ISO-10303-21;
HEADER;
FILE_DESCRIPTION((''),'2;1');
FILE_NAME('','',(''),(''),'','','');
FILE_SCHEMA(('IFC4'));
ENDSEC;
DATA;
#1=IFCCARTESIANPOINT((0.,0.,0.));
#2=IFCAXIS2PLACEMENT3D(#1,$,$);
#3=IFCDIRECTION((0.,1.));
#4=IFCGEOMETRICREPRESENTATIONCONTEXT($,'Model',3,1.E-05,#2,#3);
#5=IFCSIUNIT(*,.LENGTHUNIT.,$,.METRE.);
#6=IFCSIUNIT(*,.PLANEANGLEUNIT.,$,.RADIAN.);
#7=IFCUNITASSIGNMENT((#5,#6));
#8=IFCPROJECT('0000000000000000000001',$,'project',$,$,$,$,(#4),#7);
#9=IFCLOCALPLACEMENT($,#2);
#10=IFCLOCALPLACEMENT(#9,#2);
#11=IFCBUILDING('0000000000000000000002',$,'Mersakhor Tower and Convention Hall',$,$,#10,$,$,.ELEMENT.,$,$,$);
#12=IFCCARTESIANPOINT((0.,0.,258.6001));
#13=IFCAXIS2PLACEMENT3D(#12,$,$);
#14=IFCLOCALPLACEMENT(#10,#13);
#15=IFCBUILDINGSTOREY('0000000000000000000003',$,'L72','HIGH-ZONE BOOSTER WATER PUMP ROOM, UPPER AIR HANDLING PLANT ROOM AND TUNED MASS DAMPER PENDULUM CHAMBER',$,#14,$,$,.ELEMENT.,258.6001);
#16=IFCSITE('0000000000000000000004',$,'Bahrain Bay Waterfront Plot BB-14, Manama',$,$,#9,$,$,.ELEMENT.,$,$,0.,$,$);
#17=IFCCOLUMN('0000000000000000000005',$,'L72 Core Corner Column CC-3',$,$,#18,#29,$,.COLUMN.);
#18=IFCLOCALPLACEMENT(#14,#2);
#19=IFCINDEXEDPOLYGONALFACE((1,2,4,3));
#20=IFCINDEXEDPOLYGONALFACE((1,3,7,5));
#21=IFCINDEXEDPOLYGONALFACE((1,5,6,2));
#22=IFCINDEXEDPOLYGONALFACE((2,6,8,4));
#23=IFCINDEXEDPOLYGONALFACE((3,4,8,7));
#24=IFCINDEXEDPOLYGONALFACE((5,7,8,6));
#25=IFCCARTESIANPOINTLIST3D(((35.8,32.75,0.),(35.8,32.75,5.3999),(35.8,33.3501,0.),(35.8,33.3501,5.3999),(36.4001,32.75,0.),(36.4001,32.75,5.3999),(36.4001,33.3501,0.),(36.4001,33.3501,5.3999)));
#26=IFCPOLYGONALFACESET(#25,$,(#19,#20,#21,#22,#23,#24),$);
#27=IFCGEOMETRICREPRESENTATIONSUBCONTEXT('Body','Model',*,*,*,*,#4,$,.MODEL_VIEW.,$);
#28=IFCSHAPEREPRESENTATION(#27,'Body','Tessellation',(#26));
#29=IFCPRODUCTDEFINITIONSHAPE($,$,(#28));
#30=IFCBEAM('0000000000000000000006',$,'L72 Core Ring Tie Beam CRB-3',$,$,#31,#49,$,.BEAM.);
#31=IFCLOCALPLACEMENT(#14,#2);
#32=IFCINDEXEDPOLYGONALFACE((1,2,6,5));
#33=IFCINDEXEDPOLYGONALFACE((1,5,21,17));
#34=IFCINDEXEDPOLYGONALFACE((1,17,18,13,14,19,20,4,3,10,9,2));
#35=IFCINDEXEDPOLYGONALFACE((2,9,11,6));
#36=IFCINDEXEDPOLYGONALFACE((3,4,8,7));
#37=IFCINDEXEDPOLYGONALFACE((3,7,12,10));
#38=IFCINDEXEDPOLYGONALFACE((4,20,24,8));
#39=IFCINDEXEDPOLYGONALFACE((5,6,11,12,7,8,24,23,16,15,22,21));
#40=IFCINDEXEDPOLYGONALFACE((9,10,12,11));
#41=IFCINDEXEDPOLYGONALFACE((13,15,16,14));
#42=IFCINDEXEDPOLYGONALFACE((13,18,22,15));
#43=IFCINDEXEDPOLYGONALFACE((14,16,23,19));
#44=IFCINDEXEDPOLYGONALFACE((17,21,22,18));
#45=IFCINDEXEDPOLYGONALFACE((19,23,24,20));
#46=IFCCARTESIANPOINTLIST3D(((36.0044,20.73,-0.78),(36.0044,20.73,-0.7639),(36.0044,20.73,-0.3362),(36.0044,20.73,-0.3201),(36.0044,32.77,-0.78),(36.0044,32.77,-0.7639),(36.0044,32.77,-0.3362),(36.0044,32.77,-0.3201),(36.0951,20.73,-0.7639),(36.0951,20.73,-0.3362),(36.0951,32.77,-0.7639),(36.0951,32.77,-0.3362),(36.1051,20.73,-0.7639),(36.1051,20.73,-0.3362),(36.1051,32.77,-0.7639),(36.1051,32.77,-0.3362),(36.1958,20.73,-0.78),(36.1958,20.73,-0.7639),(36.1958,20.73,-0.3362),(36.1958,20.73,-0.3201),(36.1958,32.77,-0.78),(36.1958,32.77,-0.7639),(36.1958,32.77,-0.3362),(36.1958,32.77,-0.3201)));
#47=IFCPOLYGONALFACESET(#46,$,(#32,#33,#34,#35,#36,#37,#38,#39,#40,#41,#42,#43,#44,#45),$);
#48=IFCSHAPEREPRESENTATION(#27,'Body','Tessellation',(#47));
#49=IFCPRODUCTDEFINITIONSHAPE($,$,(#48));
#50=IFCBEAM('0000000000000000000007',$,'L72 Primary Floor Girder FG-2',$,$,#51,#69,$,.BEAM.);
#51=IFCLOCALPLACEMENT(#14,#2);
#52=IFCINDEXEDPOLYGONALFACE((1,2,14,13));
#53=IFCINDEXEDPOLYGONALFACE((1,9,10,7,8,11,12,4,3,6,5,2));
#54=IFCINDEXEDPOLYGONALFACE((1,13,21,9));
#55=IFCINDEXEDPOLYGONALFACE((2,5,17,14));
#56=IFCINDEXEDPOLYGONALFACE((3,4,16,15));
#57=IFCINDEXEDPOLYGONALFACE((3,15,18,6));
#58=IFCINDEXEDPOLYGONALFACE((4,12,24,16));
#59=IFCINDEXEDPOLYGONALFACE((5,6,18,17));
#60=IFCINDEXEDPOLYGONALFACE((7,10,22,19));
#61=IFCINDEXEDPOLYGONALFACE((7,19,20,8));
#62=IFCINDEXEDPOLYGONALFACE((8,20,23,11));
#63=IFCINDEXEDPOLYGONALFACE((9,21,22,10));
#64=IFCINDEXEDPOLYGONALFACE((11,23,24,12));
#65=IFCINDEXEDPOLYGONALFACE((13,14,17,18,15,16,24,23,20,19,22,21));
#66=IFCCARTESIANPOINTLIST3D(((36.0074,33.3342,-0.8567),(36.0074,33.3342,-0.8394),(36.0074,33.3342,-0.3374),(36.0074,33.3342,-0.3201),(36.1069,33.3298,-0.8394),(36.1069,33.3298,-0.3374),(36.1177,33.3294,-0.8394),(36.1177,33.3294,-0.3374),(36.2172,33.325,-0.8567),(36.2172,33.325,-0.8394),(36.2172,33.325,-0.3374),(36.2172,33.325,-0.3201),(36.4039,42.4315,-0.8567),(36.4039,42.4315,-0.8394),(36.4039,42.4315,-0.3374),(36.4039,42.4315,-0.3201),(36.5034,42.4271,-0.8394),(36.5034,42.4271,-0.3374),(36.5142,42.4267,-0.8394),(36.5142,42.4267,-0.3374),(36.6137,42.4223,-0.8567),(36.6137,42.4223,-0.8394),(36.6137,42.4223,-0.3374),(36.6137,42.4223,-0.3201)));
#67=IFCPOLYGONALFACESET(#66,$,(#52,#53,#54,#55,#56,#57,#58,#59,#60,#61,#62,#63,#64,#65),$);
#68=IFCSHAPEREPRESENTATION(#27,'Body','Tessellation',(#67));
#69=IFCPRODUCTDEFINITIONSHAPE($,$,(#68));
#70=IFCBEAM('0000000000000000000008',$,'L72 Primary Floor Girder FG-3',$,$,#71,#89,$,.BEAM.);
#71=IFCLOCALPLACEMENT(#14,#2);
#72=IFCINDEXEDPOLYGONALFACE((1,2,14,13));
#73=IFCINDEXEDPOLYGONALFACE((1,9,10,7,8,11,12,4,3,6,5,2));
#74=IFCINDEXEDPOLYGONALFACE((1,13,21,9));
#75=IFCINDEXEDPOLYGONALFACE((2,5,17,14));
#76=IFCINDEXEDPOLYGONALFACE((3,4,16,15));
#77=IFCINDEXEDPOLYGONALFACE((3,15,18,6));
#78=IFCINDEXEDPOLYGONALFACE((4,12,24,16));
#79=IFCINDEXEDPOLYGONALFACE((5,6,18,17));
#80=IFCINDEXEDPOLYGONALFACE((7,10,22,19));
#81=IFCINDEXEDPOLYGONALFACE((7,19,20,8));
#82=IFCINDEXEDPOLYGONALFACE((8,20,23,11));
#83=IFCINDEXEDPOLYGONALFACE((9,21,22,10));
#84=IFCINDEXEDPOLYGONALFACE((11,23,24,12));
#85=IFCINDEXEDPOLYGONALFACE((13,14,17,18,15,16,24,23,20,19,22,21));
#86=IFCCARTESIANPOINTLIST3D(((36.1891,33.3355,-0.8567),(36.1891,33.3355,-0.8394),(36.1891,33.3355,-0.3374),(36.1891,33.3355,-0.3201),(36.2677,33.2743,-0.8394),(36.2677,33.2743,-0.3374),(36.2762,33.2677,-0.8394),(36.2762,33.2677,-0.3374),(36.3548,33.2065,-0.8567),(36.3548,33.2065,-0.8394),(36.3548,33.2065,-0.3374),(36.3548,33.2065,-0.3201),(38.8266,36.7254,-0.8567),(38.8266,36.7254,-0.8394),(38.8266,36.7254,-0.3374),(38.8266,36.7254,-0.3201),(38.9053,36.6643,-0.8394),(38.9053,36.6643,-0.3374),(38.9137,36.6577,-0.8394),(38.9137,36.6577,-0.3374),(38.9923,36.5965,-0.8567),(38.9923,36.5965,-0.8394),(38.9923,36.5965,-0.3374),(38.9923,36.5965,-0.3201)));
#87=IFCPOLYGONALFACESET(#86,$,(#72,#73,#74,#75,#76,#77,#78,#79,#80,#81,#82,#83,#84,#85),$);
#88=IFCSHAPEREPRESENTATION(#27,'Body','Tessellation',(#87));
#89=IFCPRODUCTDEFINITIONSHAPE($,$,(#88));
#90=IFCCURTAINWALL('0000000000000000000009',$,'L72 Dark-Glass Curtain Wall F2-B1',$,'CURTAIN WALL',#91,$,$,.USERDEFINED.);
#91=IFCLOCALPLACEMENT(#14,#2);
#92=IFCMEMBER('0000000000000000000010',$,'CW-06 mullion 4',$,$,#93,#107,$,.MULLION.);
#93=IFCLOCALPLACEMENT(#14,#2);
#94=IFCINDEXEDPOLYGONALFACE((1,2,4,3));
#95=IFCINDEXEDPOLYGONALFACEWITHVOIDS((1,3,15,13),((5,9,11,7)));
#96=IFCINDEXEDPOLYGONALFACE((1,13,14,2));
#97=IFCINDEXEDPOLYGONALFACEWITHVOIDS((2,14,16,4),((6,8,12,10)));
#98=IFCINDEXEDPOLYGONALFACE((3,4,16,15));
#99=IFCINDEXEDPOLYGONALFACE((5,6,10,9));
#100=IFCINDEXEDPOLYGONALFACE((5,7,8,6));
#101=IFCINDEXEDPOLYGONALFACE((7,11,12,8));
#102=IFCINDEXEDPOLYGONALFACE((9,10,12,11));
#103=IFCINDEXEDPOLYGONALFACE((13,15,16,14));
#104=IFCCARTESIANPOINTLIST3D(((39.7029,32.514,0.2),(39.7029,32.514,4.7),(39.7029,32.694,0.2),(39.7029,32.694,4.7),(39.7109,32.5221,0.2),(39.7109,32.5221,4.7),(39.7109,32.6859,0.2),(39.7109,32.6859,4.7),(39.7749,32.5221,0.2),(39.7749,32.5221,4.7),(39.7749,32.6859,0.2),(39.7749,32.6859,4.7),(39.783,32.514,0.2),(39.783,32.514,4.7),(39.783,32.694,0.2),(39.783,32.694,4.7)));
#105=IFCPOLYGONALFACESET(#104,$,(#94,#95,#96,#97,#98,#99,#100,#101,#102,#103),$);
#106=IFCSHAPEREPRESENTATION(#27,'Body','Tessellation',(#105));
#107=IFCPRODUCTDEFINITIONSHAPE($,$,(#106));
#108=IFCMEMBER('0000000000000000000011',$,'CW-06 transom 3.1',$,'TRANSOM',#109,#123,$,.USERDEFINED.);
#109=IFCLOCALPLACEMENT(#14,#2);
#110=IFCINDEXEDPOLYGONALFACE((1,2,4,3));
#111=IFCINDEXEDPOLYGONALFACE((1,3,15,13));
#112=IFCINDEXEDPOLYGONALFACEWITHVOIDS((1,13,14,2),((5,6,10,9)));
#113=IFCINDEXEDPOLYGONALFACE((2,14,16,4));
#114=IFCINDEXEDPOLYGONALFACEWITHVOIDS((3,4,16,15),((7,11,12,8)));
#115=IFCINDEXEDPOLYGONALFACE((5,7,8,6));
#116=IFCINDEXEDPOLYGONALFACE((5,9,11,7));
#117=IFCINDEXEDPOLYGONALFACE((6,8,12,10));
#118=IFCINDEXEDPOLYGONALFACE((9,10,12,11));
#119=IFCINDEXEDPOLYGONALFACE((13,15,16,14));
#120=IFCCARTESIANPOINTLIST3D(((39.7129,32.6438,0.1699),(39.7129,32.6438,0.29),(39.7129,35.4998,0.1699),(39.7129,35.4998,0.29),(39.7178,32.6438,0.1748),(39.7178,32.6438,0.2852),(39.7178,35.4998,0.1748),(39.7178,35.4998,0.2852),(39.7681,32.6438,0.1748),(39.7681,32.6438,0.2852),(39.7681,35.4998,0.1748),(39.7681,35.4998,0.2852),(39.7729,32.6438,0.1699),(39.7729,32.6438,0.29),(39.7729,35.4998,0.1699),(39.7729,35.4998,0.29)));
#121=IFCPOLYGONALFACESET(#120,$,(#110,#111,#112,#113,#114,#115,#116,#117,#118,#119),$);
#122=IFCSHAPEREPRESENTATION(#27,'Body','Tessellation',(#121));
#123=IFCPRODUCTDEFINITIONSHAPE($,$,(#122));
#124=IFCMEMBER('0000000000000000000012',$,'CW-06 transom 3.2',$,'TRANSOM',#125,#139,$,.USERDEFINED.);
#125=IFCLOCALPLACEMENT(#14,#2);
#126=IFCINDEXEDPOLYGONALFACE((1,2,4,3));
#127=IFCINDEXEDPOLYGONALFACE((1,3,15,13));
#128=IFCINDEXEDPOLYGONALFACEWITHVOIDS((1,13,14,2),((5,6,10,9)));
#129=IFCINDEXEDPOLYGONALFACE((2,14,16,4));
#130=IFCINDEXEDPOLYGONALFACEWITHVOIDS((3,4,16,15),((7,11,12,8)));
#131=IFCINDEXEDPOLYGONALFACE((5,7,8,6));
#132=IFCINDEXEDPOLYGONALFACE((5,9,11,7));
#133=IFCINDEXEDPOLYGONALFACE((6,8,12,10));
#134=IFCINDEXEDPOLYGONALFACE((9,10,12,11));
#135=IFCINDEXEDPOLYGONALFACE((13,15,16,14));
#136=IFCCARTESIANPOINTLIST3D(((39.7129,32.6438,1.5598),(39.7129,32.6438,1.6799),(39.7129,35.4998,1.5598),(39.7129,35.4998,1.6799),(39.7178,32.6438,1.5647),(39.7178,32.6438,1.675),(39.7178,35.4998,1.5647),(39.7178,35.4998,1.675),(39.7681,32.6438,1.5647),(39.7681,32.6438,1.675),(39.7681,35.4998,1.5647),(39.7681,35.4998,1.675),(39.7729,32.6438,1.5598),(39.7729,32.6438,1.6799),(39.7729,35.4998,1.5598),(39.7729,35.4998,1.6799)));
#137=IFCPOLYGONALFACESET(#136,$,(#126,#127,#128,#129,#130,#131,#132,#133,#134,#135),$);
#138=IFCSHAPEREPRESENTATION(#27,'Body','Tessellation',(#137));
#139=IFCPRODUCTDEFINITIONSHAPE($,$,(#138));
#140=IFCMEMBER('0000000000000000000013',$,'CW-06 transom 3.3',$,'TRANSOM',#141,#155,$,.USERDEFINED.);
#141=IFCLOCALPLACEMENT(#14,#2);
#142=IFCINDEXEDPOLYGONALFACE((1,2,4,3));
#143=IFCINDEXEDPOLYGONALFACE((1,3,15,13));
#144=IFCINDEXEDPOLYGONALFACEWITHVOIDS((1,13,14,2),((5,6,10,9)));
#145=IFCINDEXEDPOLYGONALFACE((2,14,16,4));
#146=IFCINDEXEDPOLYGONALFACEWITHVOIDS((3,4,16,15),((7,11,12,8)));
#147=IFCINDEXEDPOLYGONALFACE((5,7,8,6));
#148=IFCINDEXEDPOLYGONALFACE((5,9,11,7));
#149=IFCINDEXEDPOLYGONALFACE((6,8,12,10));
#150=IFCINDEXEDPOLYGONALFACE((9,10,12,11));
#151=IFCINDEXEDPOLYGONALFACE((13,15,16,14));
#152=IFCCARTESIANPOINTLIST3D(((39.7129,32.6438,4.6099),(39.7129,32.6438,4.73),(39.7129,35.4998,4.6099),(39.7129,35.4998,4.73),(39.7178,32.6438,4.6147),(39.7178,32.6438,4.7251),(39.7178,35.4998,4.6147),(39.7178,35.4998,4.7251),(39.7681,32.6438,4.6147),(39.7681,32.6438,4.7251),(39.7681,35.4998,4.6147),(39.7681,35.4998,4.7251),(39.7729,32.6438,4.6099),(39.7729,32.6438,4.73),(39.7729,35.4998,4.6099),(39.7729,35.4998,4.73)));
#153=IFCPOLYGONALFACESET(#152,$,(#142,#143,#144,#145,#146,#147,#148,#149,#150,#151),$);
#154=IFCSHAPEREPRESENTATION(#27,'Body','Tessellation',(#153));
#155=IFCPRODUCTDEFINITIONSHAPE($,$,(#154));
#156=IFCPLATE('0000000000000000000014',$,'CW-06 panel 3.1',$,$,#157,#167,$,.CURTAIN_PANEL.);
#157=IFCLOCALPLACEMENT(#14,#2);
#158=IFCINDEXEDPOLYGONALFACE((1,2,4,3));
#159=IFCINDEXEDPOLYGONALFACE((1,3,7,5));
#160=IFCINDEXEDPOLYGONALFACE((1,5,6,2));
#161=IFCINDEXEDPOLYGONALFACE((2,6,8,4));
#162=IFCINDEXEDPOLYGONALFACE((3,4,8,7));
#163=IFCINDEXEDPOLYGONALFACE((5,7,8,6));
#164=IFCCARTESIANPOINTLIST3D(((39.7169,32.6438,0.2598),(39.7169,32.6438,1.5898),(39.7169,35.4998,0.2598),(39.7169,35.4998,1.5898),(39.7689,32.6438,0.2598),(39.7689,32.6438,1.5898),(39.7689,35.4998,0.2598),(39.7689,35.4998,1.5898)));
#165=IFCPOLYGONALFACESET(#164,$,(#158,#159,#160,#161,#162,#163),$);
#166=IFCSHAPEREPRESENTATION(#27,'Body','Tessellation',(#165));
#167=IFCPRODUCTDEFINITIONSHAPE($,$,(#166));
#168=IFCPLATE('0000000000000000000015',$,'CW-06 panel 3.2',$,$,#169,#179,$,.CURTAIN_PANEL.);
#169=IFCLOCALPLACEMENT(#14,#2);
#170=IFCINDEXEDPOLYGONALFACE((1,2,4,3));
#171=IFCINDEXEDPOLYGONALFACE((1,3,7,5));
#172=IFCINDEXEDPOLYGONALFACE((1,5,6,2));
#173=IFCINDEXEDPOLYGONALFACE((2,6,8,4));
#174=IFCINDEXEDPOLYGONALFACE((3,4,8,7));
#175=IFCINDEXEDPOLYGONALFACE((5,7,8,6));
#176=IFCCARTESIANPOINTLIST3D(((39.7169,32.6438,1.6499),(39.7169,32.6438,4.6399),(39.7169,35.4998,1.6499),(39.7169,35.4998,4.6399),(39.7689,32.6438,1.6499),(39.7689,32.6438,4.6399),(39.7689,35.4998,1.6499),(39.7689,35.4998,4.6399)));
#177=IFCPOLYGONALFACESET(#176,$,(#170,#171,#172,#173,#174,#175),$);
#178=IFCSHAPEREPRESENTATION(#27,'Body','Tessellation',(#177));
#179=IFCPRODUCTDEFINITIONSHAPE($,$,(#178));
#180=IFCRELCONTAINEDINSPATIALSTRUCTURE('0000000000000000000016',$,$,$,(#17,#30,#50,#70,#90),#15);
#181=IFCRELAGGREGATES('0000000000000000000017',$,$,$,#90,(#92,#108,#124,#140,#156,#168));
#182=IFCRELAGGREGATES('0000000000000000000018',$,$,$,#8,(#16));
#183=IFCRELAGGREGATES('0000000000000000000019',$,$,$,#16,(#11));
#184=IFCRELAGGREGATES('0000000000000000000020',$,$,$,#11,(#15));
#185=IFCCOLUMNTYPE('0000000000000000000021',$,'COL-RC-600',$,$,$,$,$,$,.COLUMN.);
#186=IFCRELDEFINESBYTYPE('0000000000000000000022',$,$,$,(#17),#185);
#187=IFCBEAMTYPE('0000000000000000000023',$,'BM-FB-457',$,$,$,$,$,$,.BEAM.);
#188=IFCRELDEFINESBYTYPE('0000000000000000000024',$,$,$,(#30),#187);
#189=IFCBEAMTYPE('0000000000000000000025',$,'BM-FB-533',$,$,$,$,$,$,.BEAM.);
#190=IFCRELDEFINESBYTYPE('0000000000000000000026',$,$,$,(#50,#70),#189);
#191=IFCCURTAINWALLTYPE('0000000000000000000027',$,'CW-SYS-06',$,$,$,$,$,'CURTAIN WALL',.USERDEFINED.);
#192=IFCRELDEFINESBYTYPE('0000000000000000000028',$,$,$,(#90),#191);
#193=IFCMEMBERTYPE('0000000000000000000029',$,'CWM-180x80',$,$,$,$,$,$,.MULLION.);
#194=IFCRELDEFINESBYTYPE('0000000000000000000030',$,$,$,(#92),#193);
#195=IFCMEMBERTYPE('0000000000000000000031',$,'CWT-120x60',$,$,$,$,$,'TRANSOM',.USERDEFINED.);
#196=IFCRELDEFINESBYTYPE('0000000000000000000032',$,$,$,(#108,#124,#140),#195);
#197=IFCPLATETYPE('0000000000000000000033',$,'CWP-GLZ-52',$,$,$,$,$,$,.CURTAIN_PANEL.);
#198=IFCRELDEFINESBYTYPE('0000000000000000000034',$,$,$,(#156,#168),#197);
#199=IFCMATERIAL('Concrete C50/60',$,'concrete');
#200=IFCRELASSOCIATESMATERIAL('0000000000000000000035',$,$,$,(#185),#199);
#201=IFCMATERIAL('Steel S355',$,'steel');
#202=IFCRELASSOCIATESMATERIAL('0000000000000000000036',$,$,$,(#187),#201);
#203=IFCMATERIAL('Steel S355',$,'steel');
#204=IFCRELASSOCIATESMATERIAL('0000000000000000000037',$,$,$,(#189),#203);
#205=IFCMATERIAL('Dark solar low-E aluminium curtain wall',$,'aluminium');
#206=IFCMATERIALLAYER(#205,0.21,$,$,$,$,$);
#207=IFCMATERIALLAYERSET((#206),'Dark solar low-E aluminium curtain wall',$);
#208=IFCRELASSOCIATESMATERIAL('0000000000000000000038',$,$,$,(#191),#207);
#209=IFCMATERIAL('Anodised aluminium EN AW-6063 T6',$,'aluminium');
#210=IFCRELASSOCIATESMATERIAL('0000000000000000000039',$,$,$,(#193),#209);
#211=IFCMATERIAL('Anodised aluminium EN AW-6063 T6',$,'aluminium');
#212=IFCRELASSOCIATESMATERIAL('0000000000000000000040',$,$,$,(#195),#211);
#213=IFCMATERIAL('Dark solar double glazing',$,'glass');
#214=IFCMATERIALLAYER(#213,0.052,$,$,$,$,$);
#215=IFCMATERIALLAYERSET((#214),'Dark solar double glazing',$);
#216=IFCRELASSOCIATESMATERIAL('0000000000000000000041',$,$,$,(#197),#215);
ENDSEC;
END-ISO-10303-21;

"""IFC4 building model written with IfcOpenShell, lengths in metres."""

from ifc_helpers import new_model, si_unit, direction, frame, origin, origin_2d, place, context, subcontext, project, spatial, rectangle, hollow_rectangle, i_section, extrude, material, layer, layer_set, material_profile, profile_set, type_object, element, aggregate, save


model = new_model("IFC4")

# Units and contexts
model_context = context("Model", 3, precision=1e-05, world=origin(), true_north=direction((0.0, 1.0)))
body_context = subcontext(model_context, "Body", "Model", "MODEL_VIEW")
ifc_project = project(units=[si_unit("LENGTHUNIT", "METRE"), si_unit("PLANEANGLEUNIT", "RADIAN")], contexts=[model_context])

# Site, building, storey
site_placement = place(None, origin())
site = spatial("IfcSite", under=ifc_project, at=site_placement, Name="Bahrain Bay Waterfront Plot BB-14, Manama", CompositionType="ELEMENT", RefElevation=0.0)
building_placement = place(site_placement, origin())
building = spatial("IfcBuilding", under=site, at=building_placement, Name="Mersakhor Tower and Convention Hall", CompositionType="ELEMENT")
storey_placement = place(building_placement, frame((0.0, 0.0, 258.6001)))
storey = spatial("IfcBuildingStorey", under=building, at=storey_placement, Name="L72", Description="HIGH-ZONE BOOSTER WATER PUMP ROOM, UPPER AIR HANDLING PLANT ROOM AND TUNED MASS DAMPER PENDULUM CHAMBER", CompositionType="ELEMENT", Elevation=258.6001)

# Column
ifc_material_1 = material(Name="Concrete C50/60", Category="concrete")
ifc_material_profile_1 = material_profile(ifc_material_1, rectangle(XDim=0.6001, YDim=0.6001, at=origin_2d()), Name="RC 600x600")
ifc_profile_set_1 = profile_set([ifc_material_profile_1], Name="Concrete C50/60")
column_type = type_object("IfcColumnType", Name="COL-RC-600", PredefinedType="COLUMN", material=ifc_profile_set_1)
column_placement = place(storey_placement, frame((36.1001, 33.05, 0.0), z_axis=(0.0, 0.0, 1.0), x_axis=(1.0, 0.0, 0.0)))
element("IfcColumn", 1, at=column_placement, inside=storey, type_object=column_type, Name="L72 Core Corner Column CC-3", PredefinedType="COLUMN", context=body_context, shape_type="SweptSolid", body=[
    extrude(rectangle(XDim=0.6001, YDim=0.6001, at=origin_2d()), origin(), (0.0, 0.0, 1.0), 5.3999),
])

# Beams
ifc_material_2 = material(Name="Steel S355", Category="steel")
ifc_material_profile_2 = material_profile(ifc_material_2, i_section(OverallWidth=0.1914, OverallDepth=0.46, WebThickness=0.01, FlangeThickness=0.0161, at=origin_2d()), Name="UB 457x191x82")
ifc_profile_set_2 = profile_set([ifc_material_profile_2], Name="Steel S355")
beam_type_1 = type_object("IfcBeamType", Name="BM-FB-457", PredefinedType="BEAM", material=ifc_profile_set_2)
beam_1_placement = place(storey_placement, frame((36.1001, 32.77, -0.55), z_axis=(0.0, -1.0, 0.0), x_axis=(1.0, 0.0, 0.0)))
element("IfcBeam", 2, at=beam_1_placement, inside=storey, type_object=beam_type_1, Name="L72 Core Ring Tie Beam CRB-3", PredefinedType="BEAM", context=body_context, shape_type="SweptSolid", body=[
    extrude(i_section(OverallWidth=0.1914, OverallDepth=0.46, WebThickness=0.01, FlangeThickness=0.0161, at=origin_2d()), origin(), (0.0, 0.0, 1.0), 12.04),
])
ifc_material_3 = material(Name="Steel S355", Category="steel")
ifc_material_profile_3 = material_profile(ifc_material_3, i_section(OverallWidth=0.21, OverallDepth=0.5366, WebThickness=0.0107, FlangeThickness=0.0173, at=origin_2d()), Name="UB 533x210x101")
ifc_profile_set_3 = profile_set([ifc_material_profile_3], Name="Steel S355")
beam_type_2 = type_object("IfcBeamType", Name="BM-FB-533", PredefinedType="BEAM", material=ifc_profile_set_3)
beam_2_placement = place(storey_placement, frame((36.1123, 33.3296, -0.5884), z_axis=(0.043541, 0.999052, 0.0), x_axis=(-0.999052, 0.043541, 0.0)))
element("IfcBeam", 3, at=beam_2_placement, inside=storey, type_object=beam_type_2, Name="L72 Primary Floor Girder FG-2", PredefinedType="BEAM", context=body_context, shape_type="SweptSolid", body=[
    extrude(i_section(OverallWidth=0.21, OverallDepth=0.5366, WebThickness=0.0107, FlangeThickness=0.0173, at=origin_2d()), origin(), (0.0, 0.0, 1.0), 9.106),
])
beam_3_placement = place(storey_placement, frame((36.272, 33.271, -0.5884), z_axis=(0.614067, 0.789254, 0.0), x_axis=(-0.789254, 0.614067, 0.0)))
element("IfcBeam", 4, at=beam_3_placement, inside=storey, type_object=beam_type_2, Name="L72 Primary Floor Girder FG-3", PredefinedType="BEAM", context=body_context, shape_type="SweptSolid", body=[
    extrude(i_section(OverallWidth=0.21, OverallDepth=0.5366, WebThickness=0.0107, FlangeThickness=0.0173, at=origin_2d()), origin(), (0.0, 0.0, 1.0), 4.2952),
])

# Curtain wall, members, plates
ifc_material_4 = material(Name="Dark solar low-E aluminium curtain wall", Category="aluminium")
ifc_layer_1 = layer(ifc_material_4, 0.21)
ifc_layer_set_1 = layer_set([ifc_layer_1], Name="Dark solar low-E aluminium curtain wall")
curtain_wall_type = type_object("IfcCurtainWallType", Name="CW-SYS-06", ElementType="CURTAIN WALL", PredefinedType="USERDEFINED", material=ifc_layer_set_1)
curtain_wall_placement = place(storey_placement, origin())
curtain_wall = element("IfcCurtainWall", 5, at=curtain_wall_placement, inside=storey, type_object=curtain_wall_type, Name="L72 Dark-Glass Curtain Wall F2-B1", ObjectType="CURTAIN WALL", PredefinedType="USERDEFINED")
ifc_material_5 = material(Name="Anodised aluminium EN AW-6063 T6", Category="aluminium")
ifc_material_profile_4 = material_profile(ifc_material_5, hollow_rectangle(XDim=0.0801, YDim=0.1799, WallThickness=0.0081, at=origin_2d()), Name="RHS 180x80x8")
ifc_profile_set_4 = profile_set([ifc_material_profile_4], Name="Anodised aluminium EN AW-6063 T6")
member_type_1 = type_object("IfcMemberType", Name="CWM-180x80", PredefinedType="MULLION", material=ifc_profile_set_4)
member_1_placement = place(storey_placement, frame((39.7429, 32.604, 0.2), z_axis=(0.0, 0.0, 1.0), x_axis=(1.0, 0.0, 0.0)))
member_1 = element("IfcMember", 6, at=member_1_placement, type_object=member_type_1, Name="CW-06 mullion 4", PredefinedType="MULLION", context=body_context, shape_type="SweptSolid", body=[
    extrude(hollow_rectangle(XDim=0.0801, YDim=0.1799, WallThickness=0.0081, at=origin_2d()), origin(), (0.0, 0.0, 1.0), 4.5),
])
ifc_material_6 = material(Name="Anodised aluminium EN AW-6063 T6", Category="aluminium")
ifc_material_profile_5 = material_profile(ifc_material_6, hollow_rectangle(XDim=0.0601, YDim=0.1201, WallThickness=0.0049, at=origin_2d()), Name="RHS 120x60x5")
ifc_profile_set_5 = profile_set([ifc_material_profile_5], Name="Anodised aluminium EN AW-6063 T6")
member_type_2 = type_object("IfcMemberType", Name="CWT-120x60", ElementType="TRANSOM", PredefinedType="USERDEFINED", material=ifc_profile_set_5)
member_2_placement = place(storey_placement, frame((39.7429, 35.4998, 0.23), z_axis=(0.0, -1.0, 0.0), x_axis=(1.0, 0.0, 0.0)))
member_2 = element("IfcMember", 7, at=member_2_placement, type_object=member_type_2, Name="CW-06 transom 3.1", ObjectType="TRANSOM", PredefinedType="USERDEFINED", context=body_context, shape_type="SweptSolid", body=[
    extrude(hollow_rectangle(XDim=0.0601, YDim=0.1201, WallThickness=0.0049, at=origin_2d()), origin(), (0.0, 0.0, 1.0), 2.856),
])
member_3_placement = place(storey_placement, frame((39.7429, 35.4998, 1.6199), z_axis=(0.0, -1.0, 0.0), x_axis=(1.0, 0.0, 0.0)))
member_3 = element("IfcMember", 8, at=member_3_placement, type_object=member_type_2, Name="CW-06 transom 3.2", ObjectType="TRANSOM", PredefinedType="USERDEFINED", context=body_context, shape_type="SweptSolid", body=[
    extrude(hollow_rectangle(XDim=0.0601, YDim=0.1201, WallThickness=0.0049, at=origin_2d()), origin(), (0.0, 0.0, 1.0), 2.856),
])
member_4_placement = place(storey_placement, frame((39.7429, 35.4998, 4.6699), z_axis=(0.0, -1.0, 0.0), x_axis=(1.0, 0.0, 0.0)))
member_4 = element("IfcMember", 9, at=member_4_placement, type_object=member_type_2, Name="CW-06 transom 3.3", ObjectType="TRANSOM", PredefinedType="USERDEFINED", context=body_context, shape_type="SweptSolid", body=[
    extrude(hollow_rectangle(XDim=0.0601, YDim=0.1201, WallThickness=0.0049, at=origin_2d()), origin(), (0.0, 0.0, 1.0), 2.856),
])
ifc_material_7 = material(Name="Dark solar double glazing", Category="glass")
ifc_layer_2 = layer(ifc_material_7, 0.052)
ifc_layer_set_2 = layer_set([ifc_layer_2], Name="Dark solar double glazing")
plate_type = type_object("IfcPlateType", Name="CWP-GLZ-52", PredefinedType="CURTAIN_PANEL", material=ifc_layer_set_2)
plate_1_placement = place(storey_placement, frame((39.7429, 34.0718, 0.2598), z_axis=(0.0, 0.0, 1.0), x_axis=(0.0, -1.0, 0.0)))
plate_1 = element("IfcPlate", 10, at=plate_1_placement, type_object=plate_type, Name="CW-06 panel 3.1", PredefinedType="CURTAIN_PANEL", context=body_context, shape_type="SweptSolid", body=[
    extrude(rectangle(XDim=2.856, YDim=0.052, at=origin_2d()), origin(), (0.0, 0.0, 1.0), 1.3301),
])
plate_2_placement = place(storey_placement, frame((39.7429, 34.0718, 1.6499), z_axis=(0.0, 0.0, 1.0), x_axis=(0.0, -1.0, 0.0)))
plate_2 = element("IfcPlate", 11, at=plate_2_placement, type_object=plate_type, Name="CW-06 panel 3.2", PredefinedType="CURTAIN_PANEL", context=body_context, shape_type="SweptSolid", body=[
    extrude(rectangle(XDim=2.856, YDim=0.052, at=origin_2d()), origin(), (0.0, 0.0, 1.0), 2.99),
])
aggregate(curtain_wall, [member_1, member_2, member_3, member_4, plate_1, plate_2])

save(model, "model.ifc")
